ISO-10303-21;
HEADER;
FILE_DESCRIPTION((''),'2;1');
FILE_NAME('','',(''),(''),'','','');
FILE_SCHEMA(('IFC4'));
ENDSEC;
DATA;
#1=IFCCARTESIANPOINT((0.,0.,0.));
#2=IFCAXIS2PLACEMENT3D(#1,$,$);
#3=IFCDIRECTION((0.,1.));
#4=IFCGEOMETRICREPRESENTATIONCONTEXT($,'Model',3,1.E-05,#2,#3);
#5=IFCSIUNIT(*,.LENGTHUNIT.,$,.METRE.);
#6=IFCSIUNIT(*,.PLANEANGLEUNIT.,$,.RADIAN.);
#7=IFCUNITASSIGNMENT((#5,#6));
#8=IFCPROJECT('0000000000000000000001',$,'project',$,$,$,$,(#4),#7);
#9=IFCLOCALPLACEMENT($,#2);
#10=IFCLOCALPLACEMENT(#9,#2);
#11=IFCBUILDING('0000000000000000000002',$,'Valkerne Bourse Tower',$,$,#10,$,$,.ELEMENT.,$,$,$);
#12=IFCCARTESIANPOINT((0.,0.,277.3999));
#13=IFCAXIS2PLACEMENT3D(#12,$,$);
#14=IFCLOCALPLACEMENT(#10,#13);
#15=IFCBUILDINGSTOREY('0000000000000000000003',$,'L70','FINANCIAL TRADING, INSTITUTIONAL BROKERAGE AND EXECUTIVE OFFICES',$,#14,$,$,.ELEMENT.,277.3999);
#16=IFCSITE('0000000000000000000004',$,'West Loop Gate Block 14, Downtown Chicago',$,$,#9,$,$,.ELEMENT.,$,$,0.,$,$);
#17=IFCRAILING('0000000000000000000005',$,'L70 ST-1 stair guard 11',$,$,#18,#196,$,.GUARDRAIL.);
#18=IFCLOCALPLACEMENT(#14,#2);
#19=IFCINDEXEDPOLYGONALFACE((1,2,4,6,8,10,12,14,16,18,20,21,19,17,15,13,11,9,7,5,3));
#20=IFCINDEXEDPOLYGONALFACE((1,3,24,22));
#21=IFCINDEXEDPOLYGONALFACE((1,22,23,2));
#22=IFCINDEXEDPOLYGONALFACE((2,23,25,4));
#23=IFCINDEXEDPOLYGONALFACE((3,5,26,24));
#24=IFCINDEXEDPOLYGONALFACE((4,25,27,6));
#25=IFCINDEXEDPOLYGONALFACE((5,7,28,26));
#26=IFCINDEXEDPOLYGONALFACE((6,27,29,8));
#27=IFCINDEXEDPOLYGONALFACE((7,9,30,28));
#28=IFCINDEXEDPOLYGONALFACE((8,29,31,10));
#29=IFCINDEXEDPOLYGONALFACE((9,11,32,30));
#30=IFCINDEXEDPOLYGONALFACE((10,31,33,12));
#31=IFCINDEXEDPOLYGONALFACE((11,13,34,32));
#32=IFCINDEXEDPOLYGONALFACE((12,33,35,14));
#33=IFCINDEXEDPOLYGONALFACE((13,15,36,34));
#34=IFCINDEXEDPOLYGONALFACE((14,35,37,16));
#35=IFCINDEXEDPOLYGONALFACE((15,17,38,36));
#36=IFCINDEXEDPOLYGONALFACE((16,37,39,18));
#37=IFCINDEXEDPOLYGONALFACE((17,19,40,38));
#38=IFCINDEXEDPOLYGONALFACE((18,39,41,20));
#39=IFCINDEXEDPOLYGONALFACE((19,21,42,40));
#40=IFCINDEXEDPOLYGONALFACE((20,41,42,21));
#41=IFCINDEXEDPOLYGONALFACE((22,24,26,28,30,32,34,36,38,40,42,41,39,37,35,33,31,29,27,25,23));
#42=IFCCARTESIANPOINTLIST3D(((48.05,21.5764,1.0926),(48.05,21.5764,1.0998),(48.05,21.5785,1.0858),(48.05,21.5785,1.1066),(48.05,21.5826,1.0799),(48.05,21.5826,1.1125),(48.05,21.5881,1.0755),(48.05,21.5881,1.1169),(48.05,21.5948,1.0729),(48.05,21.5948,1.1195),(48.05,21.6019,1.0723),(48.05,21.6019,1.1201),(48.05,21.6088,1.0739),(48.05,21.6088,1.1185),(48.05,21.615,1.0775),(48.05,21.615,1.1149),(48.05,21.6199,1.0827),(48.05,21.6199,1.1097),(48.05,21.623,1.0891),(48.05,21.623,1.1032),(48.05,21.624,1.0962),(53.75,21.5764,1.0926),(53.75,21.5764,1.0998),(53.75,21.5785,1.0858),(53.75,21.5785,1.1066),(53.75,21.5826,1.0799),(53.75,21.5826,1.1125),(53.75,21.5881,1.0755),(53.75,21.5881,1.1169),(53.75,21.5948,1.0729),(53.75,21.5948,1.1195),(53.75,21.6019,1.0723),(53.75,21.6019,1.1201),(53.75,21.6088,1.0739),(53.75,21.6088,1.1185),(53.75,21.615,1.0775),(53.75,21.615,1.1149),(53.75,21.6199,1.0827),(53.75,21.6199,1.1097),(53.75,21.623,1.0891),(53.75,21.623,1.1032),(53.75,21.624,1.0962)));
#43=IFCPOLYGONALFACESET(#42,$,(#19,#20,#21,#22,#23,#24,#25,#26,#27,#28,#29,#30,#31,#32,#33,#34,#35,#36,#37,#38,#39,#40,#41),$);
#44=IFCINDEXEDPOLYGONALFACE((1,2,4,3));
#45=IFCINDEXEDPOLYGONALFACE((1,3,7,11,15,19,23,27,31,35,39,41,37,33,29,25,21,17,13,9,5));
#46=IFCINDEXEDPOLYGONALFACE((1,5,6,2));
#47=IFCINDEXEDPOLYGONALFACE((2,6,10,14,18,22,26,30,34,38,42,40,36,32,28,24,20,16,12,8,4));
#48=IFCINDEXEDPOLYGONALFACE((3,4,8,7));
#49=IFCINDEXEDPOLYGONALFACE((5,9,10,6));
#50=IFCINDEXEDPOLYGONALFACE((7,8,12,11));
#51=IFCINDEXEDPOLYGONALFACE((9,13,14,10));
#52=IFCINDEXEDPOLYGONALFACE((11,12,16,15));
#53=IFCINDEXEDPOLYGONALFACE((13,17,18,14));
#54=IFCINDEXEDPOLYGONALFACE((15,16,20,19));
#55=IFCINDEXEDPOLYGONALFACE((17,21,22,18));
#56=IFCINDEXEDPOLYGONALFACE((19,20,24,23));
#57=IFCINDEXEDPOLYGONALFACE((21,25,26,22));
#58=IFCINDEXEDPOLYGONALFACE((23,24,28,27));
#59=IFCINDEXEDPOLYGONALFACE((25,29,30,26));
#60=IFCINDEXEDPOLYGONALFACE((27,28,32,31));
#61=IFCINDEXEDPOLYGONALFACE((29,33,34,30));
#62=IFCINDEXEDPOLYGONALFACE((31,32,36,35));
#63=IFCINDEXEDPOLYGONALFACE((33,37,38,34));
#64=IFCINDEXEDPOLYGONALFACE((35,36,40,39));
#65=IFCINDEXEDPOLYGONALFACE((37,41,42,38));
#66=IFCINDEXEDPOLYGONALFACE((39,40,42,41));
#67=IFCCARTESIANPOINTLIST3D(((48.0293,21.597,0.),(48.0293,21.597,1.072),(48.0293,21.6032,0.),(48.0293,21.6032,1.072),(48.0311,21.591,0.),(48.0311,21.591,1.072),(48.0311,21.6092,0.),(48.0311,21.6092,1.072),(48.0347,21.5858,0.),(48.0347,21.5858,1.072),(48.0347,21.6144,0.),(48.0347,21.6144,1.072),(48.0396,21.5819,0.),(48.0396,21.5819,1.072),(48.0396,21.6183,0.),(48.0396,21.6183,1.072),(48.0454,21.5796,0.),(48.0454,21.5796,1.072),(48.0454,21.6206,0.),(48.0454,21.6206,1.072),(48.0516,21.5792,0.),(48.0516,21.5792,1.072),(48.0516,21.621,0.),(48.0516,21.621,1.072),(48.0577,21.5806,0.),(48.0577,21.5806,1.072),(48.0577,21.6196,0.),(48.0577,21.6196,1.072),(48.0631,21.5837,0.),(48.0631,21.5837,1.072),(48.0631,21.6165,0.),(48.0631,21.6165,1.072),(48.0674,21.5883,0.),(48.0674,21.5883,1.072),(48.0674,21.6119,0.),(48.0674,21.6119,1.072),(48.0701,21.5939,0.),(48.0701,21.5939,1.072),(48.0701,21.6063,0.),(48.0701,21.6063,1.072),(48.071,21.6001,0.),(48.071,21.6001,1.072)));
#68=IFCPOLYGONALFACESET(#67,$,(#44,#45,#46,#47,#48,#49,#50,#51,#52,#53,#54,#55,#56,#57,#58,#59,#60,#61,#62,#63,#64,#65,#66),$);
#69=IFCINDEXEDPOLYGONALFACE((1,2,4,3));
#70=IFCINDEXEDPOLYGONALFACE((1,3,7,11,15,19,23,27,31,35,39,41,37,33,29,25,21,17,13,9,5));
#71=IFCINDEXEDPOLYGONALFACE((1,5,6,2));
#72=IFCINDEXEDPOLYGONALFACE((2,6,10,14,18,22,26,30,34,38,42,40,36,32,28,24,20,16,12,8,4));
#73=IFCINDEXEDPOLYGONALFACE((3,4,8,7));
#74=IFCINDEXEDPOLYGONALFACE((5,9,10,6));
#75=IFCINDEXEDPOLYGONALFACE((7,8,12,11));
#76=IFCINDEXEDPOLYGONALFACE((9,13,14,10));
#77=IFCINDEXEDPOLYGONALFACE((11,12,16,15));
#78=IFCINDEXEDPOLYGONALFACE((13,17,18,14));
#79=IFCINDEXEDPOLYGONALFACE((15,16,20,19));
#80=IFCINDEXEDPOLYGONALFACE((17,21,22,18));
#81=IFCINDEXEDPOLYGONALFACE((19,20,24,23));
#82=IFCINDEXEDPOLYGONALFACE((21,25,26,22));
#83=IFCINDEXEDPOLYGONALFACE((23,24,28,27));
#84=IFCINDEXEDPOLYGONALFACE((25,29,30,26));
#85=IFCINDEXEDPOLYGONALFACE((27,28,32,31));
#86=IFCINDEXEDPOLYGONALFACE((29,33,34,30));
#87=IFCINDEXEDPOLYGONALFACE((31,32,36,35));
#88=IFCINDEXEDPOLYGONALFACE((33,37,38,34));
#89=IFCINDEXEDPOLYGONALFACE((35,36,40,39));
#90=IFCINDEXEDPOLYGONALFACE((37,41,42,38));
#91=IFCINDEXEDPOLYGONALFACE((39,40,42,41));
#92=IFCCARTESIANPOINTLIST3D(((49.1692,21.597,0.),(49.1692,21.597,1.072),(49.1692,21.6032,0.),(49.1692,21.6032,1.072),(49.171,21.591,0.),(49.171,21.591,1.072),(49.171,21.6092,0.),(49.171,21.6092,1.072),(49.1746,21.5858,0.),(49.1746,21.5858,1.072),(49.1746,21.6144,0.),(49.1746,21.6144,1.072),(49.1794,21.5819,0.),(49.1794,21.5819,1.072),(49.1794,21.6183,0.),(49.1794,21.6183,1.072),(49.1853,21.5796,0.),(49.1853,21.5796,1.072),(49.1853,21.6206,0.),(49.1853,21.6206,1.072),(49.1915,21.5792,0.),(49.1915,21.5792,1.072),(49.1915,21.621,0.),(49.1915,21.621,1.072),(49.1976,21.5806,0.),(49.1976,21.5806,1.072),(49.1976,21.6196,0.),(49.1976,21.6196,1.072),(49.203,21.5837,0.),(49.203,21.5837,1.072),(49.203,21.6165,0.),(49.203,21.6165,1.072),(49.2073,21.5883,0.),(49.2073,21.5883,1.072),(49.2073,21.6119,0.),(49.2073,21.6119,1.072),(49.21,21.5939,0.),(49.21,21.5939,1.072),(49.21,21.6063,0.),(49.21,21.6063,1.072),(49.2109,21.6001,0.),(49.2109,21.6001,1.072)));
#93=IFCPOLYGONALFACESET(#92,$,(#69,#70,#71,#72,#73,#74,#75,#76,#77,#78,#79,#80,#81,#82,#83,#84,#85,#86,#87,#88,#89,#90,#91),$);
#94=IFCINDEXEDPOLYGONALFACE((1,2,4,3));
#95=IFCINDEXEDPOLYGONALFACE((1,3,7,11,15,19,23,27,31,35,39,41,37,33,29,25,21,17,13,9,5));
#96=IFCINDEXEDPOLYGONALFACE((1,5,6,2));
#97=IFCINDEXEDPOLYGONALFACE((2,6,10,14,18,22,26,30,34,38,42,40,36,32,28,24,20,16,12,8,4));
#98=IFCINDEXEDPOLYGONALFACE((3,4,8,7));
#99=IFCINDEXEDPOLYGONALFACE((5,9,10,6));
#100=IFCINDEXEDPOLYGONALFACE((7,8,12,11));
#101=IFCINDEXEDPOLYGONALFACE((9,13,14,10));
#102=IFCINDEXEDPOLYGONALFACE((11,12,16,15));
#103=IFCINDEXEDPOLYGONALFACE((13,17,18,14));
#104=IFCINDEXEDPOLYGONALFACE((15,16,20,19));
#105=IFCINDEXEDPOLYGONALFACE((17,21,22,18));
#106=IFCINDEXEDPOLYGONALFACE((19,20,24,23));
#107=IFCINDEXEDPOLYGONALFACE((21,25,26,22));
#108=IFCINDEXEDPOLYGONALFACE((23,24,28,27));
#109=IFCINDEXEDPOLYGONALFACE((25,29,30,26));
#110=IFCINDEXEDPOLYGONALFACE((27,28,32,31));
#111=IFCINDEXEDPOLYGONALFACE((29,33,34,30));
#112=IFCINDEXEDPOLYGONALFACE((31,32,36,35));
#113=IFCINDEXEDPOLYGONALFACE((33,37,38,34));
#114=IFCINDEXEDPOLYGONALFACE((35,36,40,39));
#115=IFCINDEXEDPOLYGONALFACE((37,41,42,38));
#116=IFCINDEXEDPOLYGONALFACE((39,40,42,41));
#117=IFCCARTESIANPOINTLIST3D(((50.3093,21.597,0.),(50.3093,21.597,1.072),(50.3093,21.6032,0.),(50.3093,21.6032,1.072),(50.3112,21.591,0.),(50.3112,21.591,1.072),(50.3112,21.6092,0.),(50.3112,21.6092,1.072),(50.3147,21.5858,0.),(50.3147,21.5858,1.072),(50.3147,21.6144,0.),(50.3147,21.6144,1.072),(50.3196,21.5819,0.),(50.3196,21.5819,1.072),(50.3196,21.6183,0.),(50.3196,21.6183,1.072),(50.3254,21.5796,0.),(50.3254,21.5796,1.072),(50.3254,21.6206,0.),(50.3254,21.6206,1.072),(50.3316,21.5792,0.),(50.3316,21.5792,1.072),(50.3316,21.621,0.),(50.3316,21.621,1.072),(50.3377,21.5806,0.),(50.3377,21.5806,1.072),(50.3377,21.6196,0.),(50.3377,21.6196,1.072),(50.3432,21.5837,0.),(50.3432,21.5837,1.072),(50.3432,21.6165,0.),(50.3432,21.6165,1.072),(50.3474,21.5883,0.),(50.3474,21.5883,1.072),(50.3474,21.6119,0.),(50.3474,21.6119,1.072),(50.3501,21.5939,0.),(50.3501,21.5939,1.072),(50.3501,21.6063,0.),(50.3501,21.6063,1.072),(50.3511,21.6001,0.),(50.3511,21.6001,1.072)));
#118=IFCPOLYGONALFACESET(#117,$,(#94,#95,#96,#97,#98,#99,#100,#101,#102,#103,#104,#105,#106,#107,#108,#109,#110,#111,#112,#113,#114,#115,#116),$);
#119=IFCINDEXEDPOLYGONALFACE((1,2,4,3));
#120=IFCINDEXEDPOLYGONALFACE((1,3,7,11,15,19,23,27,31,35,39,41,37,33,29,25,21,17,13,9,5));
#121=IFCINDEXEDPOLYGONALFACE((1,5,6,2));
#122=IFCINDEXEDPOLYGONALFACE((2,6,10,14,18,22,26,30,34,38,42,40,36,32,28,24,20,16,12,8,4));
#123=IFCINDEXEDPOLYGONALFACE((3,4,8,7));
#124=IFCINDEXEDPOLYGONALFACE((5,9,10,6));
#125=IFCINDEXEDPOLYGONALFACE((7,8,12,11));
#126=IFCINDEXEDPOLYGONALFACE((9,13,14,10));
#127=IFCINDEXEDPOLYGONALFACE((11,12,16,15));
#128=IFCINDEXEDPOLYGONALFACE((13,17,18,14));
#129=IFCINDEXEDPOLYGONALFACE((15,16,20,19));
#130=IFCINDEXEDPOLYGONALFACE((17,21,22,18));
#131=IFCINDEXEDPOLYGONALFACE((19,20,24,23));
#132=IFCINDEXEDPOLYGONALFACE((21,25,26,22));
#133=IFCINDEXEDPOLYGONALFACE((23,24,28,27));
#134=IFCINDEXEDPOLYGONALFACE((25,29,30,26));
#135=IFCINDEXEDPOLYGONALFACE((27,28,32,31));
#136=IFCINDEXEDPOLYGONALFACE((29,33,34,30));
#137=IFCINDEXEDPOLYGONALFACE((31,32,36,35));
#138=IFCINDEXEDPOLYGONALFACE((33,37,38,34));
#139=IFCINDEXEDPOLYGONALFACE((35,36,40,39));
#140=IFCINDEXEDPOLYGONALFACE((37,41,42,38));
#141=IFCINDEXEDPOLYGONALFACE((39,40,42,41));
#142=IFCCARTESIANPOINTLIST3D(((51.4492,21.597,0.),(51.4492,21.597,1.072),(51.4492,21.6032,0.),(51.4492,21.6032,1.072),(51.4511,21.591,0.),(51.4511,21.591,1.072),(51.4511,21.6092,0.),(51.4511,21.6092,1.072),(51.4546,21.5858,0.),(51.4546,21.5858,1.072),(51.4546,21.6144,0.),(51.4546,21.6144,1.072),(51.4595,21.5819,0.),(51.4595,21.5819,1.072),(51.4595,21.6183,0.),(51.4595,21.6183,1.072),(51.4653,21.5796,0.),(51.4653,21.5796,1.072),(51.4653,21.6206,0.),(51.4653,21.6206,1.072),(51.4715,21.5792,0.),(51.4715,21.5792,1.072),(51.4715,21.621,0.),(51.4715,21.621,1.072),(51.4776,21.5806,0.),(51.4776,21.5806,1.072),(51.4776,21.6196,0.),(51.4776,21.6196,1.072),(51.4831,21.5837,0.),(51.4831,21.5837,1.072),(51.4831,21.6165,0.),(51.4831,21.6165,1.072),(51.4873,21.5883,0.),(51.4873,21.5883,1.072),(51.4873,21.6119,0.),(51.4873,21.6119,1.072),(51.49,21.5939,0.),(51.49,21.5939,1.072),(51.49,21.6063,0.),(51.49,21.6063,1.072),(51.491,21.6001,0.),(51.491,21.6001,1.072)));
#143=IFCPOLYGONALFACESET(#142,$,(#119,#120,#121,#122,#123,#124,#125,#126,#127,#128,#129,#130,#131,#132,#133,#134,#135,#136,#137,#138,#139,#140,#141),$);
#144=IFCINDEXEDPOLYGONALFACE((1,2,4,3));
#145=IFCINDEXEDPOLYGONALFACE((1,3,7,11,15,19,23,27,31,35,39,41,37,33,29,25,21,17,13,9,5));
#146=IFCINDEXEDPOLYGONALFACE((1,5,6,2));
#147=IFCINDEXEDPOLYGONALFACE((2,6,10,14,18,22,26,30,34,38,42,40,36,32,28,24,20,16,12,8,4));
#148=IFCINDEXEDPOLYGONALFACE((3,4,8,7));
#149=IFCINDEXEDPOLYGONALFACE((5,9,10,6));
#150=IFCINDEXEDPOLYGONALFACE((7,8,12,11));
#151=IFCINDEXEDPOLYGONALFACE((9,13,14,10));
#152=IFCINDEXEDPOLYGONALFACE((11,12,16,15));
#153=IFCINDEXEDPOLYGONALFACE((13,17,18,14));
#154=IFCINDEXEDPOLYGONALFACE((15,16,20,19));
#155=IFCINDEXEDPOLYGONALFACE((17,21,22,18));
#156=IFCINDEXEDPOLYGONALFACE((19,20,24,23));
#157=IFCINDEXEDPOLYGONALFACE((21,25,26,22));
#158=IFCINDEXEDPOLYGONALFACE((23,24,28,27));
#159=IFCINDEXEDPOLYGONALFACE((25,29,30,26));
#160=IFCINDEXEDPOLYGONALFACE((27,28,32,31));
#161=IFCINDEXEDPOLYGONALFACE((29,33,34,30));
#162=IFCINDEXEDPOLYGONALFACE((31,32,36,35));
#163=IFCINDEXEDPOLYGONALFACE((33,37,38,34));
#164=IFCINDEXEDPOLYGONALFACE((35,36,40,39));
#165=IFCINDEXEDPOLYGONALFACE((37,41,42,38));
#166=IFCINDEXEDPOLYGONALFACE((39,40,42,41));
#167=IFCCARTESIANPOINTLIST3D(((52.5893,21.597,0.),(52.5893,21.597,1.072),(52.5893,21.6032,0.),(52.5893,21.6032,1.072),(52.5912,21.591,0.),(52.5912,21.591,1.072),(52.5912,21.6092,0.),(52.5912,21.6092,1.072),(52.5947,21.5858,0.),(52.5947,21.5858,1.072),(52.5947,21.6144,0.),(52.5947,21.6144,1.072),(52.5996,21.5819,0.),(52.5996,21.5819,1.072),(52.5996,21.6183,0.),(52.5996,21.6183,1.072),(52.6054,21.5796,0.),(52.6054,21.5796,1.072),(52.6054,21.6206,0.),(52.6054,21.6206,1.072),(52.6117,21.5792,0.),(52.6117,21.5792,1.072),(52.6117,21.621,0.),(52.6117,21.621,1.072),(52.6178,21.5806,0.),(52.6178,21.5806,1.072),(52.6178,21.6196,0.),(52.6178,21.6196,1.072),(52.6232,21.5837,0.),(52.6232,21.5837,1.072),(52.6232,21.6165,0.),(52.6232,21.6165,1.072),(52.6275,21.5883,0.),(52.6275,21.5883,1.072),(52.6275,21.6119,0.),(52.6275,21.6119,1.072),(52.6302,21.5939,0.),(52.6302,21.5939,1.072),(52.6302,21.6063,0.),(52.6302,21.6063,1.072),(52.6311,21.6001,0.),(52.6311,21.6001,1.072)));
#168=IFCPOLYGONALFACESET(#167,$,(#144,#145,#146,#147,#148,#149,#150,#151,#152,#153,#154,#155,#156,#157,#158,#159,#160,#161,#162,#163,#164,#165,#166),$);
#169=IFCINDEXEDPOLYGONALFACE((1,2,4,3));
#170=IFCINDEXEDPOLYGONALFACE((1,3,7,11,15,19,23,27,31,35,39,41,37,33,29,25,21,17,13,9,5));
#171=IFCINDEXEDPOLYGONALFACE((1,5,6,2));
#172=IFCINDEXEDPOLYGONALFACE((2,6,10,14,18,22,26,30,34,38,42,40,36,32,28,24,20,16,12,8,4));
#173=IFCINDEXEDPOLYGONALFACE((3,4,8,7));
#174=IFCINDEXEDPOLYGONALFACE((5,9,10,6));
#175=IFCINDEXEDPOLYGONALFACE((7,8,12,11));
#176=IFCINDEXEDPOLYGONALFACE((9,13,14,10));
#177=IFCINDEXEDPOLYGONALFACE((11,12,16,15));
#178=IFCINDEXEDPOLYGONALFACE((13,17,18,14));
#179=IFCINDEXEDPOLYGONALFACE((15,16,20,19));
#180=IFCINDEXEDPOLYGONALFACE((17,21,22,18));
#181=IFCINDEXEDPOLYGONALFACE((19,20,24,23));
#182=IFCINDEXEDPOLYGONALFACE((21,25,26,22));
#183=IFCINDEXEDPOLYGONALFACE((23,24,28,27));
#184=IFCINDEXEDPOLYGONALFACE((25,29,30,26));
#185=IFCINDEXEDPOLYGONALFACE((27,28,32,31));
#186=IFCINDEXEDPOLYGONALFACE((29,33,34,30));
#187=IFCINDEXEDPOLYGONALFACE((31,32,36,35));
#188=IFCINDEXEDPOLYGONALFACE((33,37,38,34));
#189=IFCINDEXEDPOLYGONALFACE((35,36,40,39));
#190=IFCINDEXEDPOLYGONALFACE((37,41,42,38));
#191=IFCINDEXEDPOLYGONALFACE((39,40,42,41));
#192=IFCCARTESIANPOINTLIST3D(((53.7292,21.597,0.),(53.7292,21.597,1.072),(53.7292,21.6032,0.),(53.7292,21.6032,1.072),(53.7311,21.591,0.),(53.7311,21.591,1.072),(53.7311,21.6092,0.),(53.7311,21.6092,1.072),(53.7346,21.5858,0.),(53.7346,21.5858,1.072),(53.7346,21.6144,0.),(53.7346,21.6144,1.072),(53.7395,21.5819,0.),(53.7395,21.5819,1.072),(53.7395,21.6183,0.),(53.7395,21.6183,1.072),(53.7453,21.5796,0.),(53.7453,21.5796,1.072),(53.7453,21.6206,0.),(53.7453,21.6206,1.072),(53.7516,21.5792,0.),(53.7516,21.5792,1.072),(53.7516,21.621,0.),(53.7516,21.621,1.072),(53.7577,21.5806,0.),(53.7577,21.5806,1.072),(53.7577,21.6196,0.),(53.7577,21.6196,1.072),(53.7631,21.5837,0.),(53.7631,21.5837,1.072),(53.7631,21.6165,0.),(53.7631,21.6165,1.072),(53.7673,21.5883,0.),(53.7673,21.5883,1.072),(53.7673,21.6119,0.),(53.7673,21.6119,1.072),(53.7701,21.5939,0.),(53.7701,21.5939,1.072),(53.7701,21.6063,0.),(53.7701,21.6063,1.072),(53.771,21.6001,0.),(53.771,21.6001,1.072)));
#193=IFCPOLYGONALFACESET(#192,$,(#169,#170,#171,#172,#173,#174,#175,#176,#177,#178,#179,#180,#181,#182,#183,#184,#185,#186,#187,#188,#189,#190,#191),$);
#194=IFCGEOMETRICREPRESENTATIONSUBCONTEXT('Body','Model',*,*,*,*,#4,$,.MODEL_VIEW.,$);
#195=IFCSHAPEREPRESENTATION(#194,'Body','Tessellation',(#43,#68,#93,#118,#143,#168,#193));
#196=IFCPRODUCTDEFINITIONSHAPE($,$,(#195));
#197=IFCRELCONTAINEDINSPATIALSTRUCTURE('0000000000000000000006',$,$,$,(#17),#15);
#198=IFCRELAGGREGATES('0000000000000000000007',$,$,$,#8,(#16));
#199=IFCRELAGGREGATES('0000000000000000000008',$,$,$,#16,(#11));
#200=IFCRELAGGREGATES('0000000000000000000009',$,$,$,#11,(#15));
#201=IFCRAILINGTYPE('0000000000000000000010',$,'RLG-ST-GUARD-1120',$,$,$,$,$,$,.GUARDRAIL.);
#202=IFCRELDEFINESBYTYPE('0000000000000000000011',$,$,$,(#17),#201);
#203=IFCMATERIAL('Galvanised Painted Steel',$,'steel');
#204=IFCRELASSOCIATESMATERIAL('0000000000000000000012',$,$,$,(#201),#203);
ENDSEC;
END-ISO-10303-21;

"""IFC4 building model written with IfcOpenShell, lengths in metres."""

from ifc_helpers import new_model, si_unit, direction, frame, origin, origin_2d, place, context, subcontext, project, spatial, circle, extrude, material, type_object, element, save


model = new_model("IFC4")

# Units and contexts
model_context = context("Model", 3, precision=1e-05, world=origin(), true_north=direction((0.0, 1.0)))
body_context = subcontext(model_context, "Body", "Model", "MODEL_VIEW")
ifc_project = project(units=[si_unit("LENGTHUNIT", "METRE"), si_unit("PLANEANGLEUNIT", "RADIAN")], contexts=[model_context])

# Site, building, storey
site_placement = place(None, origin())
site = spatial("IfcSite", under=ifc_project, at=site_placement, Name="West Loop Gate Block 14, Downtown Chicago", CompositionType="ELEMENT", RefElevation=0.0)
building_placement = place(site_placement, origin())
building = spatial("IfcBuilding", under=site, at=building_placement, Name="Valkerne Bourse Tower", CompositionType="ELEMENT")
storey_placement = place(building_placement, frame((0.0, 0.0, 277.3999)))
storey = spatial("IfcBuildingStorey", under=building, at=storey_placement, Name="L70", Description="FINANCIAL TRADING, INSTITUTIONAL BROKERAGE AND EXECUTIVE OFFICES", CompositionType="ELEMENT", Elevation=277.3999)

# Shared definitions
ifc_material_1 = material(Name="Galvanised Painted Steel", Category="steel")

# Railing
railing_type_1 = type_object("IfcRailingType", Name="RLG-ST-GUARD-1120", PredefinedType="GUARDRAIL", material=ifc_material_1)
railing_1_placement = place(storey_placement, frame((48.05, 21.6001, 0.0)))
element("IfcRailing", 1, at=railing_1_placement, inside=storey, type_object=railing_type_1, Name="L70 ST-1 stair guard 11", PredefinedType="GUARDRAIL", context=body_context, shape_type="SweptSolid", body=[
    extrude(circle(Radius=0.0239, at=origin_2d()), frame((0.0, 0.0, 1.0962), z_axis=(1.0, 0.0, 0.0), x_axis=(0.0, 1.0, 0.0)), (0.0, 0.0, 1.0), 5.7),
    extrude(circle(Radius=0.021, at=origin_2d()), origin(), (0.0, 0.0, 1.0), 1.072),
    extrude(circle(Radius=0.021, at=origin_2d()), frame((1.1399, 0.0, 0.0)), (0.0, 0.0, 1.0), 1.072),
    extrude(circle(Radius=0.021, at=origin_2d()), frame((2.28, 0.0, 0.0)), (0.0, 0.0, 1.0), 1.072),
    extrude(circle(Radius=0.021, at=origin_2d()), frame((3.4199, 0.0, 0.0)), (0.0, 0.0, 1.0), 1.072),
    extrude(circle(Radius=0.021, at=origin_2d()), frame((4.5601, 0.0, 0.0)), (0.0, 0.0, 1.0), 1.072),
    extrude(circle(Radius=0.021, at=origin_2d()), frame((5.7, 0.0, 0.0)), (0.0, 0.0, 1.0), 1.072),
])

save(model, "model.ifc")
